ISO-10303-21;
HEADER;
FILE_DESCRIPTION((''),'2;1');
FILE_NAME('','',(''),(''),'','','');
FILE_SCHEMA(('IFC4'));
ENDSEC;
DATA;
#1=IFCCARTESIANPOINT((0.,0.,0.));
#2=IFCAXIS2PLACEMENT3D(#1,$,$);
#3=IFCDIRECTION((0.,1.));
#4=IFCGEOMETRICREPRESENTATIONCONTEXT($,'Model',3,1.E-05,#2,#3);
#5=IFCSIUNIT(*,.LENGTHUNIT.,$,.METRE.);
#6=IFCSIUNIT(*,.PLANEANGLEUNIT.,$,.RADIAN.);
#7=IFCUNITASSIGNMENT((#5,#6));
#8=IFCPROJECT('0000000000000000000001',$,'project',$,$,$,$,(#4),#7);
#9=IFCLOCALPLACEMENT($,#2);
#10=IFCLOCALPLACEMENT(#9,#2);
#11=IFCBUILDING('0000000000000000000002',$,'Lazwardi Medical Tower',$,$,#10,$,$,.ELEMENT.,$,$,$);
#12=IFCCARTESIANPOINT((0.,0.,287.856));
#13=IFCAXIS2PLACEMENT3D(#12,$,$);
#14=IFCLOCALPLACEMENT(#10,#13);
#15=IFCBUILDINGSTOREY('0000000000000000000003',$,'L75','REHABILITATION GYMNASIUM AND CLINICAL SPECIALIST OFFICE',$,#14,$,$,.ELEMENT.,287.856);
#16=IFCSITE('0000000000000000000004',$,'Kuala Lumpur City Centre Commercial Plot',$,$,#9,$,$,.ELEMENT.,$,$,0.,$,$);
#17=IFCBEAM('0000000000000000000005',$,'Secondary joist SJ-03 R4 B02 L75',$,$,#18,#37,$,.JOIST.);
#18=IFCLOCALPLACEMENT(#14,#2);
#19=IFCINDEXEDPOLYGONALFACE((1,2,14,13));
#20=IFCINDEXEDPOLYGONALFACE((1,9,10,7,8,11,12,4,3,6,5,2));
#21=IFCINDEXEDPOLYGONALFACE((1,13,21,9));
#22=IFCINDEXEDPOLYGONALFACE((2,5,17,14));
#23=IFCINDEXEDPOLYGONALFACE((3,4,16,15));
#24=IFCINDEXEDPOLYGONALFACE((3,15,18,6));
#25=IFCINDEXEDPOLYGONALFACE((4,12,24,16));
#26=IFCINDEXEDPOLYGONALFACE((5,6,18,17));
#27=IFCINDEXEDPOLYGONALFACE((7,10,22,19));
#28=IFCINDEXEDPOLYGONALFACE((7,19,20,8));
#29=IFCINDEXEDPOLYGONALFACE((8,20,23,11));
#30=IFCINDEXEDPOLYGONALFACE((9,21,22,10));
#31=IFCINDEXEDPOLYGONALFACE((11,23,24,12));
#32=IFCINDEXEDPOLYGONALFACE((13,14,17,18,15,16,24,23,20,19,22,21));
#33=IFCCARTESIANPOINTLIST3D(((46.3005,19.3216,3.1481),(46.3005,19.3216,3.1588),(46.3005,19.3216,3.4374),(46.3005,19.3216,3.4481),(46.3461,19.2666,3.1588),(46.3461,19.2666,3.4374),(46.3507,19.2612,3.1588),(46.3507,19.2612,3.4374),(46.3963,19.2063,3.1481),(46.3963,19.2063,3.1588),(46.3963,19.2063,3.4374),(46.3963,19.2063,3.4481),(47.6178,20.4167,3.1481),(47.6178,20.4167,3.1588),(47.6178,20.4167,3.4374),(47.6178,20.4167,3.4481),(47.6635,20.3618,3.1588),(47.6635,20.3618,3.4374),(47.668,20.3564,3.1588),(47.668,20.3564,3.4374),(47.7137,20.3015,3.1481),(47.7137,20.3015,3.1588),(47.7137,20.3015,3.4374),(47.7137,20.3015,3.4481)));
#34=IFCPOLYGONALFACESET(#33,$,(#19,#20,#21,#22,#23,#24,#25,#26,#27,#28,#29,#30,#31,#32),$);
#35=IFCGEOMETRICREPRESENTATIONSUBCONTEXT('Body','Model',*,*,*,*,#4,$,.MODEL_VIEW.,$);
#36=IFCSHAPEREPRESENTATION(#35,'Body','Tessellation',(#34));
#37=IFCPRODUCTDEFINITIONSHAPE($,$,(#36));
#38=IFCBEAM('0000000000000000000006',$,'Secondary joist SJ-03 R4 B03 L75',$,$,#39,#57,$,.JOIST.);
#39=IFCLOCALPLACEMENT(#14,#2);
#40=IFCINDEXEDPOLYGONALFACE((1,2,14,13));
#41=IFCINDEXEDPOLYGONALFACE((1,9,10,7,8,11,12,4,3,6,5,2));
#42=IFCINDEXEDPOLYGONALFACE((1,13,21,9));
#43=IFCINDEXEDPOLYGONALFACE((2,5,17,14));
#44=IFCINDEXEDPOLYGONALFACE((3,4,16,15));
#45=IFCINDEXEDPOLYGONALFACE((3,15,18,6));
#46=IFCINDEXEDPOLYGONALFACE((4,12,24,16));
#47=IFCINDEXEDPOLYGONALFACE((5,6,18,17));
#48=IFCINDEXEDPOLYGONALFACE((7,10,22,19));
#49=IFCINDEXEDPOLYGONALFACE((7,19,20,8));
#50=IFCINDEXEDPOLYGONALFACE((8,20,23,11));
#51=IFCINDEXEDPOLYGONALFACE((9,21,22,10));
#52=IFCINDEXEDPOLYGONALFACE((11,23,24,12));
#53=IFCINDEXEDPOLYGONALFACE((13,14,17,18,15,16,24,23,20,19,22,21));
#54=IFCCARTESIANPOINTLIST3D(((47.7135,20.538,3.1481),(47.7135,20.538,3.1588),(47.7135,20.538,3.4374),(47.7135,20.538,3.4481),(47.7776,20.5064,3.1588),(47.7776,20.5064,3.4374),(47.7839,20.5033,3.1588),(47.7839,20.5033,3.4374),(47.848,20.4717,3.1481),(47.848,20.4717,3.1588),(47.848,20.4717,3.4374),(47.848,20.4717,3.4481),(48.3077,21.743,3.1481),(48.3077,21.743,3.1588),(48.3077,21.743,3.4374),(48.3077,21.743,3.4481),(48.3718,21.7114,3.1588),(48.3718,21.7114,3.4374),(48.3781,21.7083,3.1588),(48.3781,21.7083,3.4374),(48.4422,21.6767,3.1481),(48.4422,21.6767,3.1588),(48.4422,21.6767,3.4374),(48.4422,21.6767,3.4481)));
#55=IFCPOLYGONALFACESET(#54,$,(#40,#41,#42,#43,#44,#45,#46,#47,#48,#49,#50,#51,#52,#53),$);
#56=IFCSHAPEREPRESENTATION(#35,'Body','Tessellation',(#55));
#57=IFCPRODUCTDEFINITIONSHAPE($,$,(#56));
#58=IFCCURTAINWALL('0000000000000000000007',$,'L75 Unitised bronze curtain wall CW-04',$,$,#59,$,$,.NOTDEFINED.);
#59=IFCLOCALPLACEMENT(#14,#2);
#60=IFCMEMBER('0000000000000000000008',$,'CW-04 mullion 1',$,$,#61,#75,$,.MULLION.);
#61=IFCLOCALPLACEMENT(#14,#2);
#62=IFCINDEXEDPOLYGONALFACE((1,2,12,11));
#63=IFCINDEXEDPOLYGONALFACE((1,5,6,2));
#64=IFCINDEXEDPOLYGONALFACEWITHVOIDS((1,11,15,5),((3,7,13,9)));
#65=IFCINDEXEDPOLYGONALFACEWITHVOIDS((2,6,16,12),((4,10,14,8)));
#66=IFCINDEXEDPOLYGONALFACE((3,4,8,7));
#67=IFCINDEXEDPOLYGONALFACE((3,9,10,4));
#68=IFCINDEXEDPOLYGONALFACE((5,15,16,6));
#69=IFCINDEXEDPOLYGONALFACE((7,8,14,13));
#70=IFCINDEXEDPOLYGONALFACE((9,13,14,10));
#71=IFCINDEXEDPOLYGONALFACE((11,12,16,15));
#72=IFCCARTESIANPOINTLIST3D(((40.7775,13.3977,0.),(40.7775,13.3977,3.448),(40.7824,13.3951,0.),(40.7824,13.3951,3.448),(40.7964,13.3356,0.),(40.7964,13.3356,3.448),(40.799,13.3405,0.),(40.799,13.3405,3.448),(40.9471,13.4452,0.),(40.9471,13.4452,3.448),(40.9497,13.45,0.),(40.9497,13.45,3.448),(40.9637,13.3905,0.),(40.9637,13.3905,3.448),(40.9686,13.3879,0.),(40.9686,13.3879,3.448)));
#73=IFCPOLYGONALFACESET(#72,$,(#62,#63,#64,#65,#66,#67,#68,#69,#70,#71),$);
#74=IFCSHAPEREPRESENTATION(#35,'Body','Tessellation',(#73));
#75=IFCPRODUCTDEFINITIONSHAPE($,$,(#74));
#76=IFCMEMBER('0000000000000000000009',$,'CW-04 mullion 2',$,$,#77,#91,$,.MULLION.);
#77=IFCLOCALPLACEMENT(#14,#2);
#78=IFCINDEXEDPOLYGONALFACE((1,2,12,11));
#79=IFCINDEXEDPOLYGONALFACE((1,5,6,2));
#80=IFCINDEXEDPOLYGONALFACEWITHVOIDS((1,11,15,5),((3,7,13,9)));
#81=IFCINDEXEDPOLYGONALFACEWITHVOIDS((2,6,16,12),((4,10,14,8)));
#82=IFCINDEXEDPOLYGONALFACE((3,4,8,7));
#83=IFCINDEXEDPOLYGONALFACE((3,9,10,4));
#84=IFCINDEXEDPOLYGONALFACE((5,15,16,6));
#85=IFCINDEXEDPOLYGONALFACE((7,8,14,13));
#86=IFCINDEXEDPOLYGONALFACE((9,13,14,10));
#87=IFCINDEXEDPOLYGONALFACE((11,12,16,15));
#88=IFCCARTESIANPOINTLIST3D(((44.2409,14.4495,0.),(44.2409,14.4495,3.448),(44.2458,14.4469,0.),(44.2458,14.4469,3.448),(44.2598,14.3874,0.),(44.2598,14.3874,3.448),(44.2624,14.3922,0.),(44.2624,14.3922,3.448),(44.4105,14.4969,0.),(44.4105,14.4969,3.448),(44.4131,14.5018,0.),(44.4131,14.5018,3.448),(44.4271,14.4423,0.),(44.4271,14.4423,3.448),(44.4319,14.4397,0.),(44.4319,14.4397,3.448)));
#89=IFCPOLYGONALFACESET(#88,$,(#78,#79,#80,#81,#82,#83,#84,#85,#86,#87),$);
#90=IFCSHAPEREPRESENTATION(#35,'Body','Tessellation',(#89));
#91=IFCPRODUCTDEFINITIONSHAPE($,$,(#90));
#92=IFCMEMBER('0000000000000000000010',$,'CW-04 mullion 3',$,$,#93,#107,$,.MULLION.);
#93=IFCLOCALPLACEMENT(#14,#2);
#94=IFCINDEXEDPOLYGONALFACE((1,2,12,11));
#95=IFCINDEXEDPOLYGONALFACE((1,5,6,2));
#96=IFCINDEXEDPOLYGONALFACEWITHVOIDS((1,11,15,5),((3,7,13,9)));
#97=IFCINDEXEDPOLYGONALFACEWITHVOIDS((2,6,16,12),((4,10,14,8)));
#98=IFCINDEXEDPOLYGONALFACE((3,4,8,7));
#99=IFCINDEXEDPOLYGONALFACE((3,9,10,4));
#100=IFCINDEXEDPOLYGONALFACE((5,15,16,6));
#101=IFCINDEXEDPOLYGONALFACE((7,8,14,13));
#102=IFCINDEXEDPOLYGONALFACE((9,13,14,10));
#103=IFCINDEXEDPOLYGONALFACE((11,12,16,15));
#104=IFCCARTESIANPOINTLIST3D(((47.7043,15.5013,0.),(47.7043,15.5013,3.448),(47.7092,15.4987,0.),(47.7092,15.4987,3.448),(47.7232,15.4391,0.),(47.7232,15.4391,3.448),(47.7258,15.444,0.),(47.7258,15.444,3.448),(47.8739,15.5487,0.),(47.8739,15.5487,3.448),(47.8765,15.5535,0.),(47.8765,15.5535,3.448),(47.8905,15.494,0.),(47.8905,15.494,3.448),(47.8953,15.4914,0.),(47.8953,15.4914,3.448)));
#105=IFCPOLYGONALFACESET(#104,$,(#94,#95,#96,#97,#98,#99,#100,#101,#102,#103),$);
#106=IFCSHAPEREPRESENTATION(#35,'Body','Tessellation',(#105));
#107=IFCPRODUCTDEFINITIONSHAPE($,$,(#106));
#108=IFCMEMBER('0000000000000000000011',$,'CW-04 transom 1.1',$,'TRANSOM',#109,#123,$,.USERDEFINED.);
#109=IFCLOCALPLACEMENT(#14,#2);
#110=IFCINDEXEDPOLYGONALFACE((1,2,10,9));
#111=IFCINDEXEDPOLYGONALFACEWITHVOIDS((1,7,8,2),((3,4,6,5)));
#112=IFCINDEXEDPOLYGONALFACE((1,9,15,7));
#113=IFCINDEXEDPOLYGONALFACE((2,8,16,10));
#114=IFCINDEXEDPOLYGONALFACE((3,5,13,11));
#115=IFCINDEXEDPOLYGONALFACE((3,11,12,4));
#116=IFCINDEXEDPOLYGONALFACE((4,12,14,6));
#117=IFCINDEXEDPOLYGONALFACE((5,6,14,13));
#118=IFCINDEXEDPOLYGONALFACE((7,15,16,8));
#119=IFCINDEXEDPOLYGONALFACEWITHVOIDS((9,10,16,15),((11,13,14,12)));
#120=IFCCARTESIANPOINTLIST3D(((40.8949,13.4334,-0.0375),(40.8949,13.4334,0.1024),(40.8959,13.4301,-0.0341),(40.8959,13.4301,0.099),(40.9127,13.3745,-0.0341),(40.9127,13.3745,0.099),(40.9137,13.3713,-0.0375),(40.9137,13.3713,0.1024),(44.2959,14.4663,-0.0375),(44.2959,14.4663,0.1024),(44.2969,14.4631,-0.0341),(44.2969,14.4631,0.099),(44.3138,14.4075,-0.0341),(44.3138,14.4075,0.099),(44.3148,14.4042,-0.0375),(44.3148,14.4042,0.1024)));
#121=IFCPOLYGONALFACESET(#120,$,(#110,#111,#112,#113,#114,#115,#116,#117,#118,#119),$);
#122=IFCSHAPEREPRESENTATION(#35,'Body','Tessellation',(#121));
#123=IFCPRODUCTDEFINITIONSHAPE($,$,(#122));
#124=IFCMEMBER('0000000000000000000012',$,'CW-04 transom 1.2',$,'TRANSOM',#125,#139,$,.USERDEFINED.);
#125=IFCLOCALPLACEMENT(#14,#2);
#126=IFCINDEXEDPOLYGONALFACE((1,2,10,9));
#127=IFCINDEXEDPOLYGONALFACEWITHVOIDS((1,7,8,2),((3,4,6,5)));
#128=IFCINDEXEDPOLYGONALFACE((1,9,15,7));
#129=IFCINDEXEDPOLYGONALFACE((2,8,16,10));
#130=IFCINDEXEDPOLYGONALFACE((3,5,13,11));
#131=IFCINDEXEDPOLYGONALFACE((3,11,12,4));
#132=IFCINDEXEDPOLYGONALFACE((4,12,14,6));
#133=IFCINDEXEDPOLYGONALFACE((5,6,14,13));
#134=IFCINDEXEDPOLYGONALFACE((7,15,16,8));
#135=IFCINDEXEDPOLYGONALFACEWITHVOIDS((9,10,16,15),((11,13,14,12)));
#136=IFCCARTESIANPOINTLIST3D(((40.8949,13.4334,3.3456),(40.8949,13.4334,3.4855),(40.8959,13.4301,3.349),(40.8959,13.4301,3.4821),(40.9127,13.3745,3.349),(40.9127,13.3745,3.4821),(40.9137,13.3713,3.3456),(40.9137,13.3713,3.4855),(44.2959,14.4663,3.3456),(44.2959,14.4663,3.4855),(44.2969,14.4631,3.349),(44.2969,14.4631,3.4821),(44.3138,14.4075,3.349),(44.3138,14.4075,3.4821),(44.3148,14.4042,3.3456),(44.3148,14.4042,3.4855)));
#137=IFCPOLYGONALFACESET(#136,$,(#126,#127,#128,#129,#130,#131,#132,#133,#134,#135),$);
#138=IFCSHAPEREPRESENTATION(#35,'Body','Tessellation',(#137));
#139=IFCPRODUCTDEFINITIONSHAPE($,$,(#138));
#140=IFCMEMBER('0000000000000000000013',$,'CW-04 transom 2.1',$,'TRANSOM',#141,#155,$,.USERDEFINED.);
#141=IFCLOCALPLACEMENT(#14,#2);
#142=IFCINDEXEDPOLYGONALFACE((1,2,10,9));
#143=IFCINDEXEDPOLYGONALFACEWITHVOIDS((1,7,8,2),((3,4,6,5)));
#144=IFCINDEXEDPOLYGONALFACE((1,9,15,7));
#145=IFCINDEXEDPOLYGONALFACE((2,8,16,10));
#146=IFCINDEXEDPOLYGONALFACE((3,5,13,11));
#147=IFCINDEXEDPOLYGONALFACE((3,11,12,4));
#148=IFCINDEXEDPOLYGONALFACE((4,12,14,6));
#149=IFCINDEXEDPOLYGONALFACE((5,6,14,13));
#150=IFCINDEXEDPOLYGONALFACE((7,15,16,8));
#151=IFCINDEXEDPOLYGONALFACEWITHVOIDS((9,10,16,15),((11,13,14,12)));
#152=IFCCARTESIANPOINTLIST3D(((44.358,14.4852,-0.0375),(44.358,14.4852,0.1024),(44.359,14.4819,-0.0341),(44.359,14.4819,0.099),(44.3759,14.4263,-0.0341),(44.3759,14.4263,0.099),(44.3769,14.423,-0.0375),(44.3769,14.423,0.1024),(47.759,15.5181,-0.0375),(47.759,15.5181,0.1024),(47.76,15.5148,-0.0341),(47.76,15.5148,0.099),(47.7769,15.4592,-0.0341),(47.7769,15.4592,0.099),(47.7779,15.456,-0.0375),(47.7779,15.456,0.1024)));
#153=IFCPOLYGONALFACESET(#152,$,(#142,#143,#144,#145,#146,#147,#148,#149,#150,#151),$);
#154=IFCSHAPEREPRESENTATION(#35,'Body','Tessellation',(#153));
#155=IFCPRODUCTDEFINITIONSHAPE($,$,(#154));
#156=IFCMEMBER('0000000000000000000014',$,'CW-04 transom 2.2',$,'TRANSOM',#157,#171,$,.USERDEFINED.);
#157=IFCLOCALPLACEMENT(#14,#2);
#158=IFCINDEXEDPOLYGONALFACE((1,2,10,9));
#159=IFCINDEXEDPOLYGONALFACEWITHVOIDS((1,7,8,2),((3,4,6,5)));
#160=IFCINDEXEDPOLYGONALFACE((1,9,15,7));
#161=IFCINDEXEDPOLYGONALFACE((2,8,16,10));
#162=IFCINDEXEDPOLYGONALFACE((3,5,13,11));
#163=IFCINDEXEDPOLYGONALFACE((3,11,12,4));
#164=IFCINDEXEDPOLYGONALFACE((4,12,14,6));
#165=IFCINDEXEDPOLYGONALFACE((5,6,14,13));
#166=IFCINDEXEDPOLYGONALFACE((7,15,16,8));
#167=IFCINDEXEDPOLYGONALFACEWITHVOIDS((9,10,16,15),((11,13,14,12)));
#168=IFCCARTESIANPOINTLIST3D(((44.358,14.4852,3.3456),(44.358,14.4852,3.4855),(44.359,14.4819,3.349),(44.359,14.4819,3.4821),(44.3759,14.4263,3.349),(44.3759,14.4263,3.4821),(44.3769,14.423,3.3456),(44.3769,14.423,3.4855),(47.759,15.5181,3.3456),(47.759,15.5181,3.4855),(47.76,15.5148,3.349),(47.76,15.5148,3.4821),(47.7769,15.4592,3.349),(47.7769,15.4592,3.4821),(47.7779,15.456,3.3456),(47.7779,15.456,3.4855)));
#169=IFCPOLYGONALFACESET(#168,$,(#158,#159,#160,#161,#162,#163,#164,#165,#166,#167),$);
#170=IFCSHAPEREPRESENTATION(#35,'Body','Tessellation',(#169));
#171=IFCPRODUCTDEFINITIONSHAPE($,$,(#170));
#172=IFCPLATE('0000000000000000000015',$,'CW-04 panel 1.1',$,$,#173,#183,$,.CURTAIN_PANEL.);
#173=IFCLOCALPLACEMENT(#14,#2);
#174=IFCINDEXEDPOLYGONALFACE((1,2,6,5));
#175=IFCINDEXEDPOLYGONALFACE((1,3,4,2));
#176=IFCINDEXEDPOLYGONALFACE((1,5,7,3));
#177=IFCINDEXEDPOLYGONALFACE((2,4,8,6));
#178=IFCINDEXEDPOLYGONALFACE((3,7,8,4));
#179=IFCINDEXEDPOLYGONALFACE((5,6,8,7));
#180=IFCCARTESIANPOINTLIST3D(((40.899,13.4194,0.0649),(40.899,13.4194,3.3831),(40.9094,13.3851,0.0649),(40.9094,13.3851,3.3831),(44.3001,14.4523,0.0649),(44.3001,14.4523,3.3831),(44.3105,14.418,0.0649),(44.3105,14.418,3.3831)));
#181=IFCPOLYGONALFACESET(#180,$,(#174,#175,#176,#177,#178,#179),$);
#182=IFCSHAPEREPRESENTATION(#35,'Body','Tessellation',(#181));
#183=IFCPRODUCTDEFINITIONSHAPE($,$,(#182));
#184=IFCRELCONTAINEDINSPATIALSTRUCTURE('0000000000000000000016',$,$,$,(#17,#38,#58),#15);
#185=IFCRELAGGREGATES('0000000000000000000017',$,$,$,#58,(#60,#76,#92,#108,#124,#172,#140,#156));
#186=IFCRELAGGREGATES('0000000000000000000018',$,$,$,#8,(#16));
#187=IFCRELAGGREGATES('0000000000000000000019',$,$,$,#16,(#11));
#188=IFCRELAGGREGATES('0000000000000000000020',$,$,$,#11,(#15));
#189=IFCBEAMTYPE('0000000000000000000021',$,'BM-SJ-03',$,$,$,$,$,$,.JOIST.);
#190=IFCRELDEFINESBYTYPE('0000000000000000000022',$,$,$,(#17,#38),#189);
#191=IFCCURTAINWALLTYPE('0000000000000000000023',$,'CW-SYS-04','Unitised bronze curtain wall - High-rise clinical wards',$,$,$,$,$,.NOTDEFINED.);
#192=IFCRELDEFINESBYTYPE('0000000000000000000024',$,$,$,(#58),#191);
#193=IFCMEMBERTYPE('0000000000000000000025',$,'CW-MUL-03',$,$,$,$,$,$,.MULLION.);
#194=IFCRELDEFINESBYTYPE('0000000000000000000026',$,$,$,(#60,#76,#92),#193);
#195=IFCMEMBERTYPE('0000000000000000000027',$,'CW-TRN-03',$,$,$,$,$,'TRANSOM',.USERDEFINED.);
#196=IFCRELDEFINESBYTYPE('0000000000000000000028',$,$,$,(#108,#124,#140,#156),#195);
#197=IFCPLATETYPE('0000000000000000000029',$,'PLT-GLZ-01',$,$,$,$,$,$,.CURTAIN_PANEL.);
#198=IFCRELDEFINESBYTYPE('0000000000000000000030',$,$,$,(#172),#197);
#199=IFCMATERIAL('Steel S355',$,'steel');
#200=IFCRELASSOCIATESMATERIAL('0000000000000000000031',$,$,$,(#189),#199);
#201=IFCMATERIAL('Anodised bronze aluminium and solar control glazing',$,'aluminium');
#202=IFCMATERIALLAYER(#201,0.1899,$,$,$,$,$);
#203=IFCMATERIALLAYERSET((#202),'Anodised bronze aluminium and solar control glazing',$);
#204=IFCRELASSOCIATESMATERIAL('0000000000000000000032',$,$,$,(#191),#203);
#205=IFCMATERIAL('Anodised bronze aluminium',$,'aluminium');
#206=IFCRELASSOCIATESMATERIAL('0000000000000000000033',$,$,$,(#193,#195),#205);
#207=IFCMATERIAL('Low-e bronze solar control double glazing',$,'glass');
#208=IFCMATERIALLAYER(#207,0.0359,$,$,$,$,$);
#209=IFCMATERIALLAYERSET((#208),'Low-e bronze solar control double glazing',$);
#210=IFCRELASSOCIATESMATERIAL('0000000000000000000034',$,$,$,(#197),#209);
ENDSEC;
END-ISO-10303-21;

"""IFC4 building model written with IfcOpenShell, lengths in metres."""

from ifc_helpers import new_model, si_unit, direction, frame, origin, origin_2d, place, context, subcontext, project, spatial, rectangle, hollow_rectangle, i_section, extrude, material, layer, layer_set, material_profile, profile_set, type_object, element, aggregate, save


model = new_model("IFC4")

# Units and contexts
model_context = context("Model", 3, precision=1e-05, world=origin(), true_north=direction((0.0, 1.0)))
body_context = subcontext(model_context, "Body", "Model", "MODEL_VIEW")
ifc_project = project(units=[si_unit("LENGTHUNIT", "METRE"), si_unit("PLANEANGLEUNIT", "RADIAN")], contexts=[model_context])

# Site, building, storey
site_placement = place(None, origin())
site = spatial("IfcSite", under=ifc_project, at=site_placement, Name="Kuala Lumpur City Centre Commercial Plot", CompositionType="ELEMENT", RefElevation=0.0)
building_placement = place(site_placement, origin())
building = spatial("IfcBuilding", under=site, at=building_placement, Name="Lazwardi Medical Tower", CompositionType="ELEMENT")
storey_placement = place(building_placement, frame((0.0, 0.0, 287.856)))
storey = spatial("IfcBuildingStorey", under=building, at=storey_placement, Name="L75", Description="REHABILITATION GYMNASIUM AND CLINICAL SPECIALIST OFFICE", CompositionType="ELEMENT", Elevation=287.856)

# Beams
ifc_material_1 = material(Name="Steel S355", Category="steel")
ifc_material_profile_1 = material_profile(ifc_material_1, i_section(OverallWidth=0.1499, OverallDepth=0.3, WebThickness=0.0071, FlangeThickness=0.0107, at=origin_2d()), Name="IPE 300")
ifc_profile_set_1 = profile_set([ifc_material_profile_1], Name="Steel S355")
beam_type_1 = type_object("IfcBeamType", Name="BM-SJ-03", PredefinedType="JOIST", material=ifc_profile_set_1)
beam_1_placement = place(storey_placement, frame((46.3484, 19.2639, 3.2981), z_axis=(0.768968, 0.639287, 0.0), x_axis=(-0.639287, 0.768968, 0.0)))
element("IfcBeam", 1, at=beam_1_placement, inside=storey, type_object=beam_type_1, Name="Secondary joist SJ-03 R4 B02 L75", PredefinedType="JOIST", context=body_context, shape_type="SweptSolid", body=[
    extrude(i_section(OverallWidth=0.1499, OverallDepth=0.3, WebThickness=0.0071, FlangeThickness=0.0107, at=origin_2d()), origin(), (0.0, 0.0, 1.0), 1.7131),
])
beam_2_placement = place(storey_placement, frame((47.7808, 20.5049, 3.2981), z_axis=(0.442264, 0.896885, 0.0), x_axis=(-0.896885, 0.442264, 0.0)))
element("IfcBeam", 2, at=beam_2_placement, inside=storey, type_object=beam_type_1, Name="Secondary joist SJ-03 R4 B03 L75", PredefinedType="JOIST", context=body_context, shape_type="SweptSolid", body=[
    extrude(i_section(OverallWidth=0.1499, OverallDepth=0.3, WebThickness=0.0071, FlangeThickness=0.0107, at=origin_2d()), origin(), (0.0, 0.0, 1.0), 1.3435),
])

# Curtain wall, members, plate
ifc_material_2 = material(Name="Anodised bronze aluminium and solar control glazing", Category="aluminium")
ifc_layer_1 = layer(ifc_material_2, 0.1899)
ifc_layer_set_1 = layer_set([ifc_layer_1], Name="Anodised bronze aluminium and solar control glazing")
curtain_wall_type = type_object("IfcCurtainWallType", Name="CW-SYS-04", Description="Unitised bronze curtain wall - High-rise clinical wards", PredefinedType="NOTDEFINED", material=ifc_layer_set_1)
curtain_wall_placement = place(storey_placement, origin())
curtain_wall = element("IfcCurtainWall", 3, at=curtain_wall_placement, inside=storey, type_object=curtain_wall_type, Name="L75 Unitised bronze curtain wall CW-04", PredefinedType="NOTDEFINED")
ifc_material_3 = material(Name="Anodised bronze aluminium", Category="aluminium")
ifc_material_profile_2 = material_profile(ifc_material_3, hollow_rectangle(XDim=0.0649, YDim=0.1799, WallThickness=0.0039, at=origin_2d()), Name="ALU-MULLION 180x65x4")
ifc_profile_set_2 = profile_set([ifc_material_profile_2], Name="Anodised bronze aluminium")
member_type_1 = type_object("IfcMemberType", Name="CW-MUL-03", PredefinedType="MULLION", material=ifc_profile_set_2)
member_1_placement = place(storey_placement, frame((40.873, 13.3928, 0.0), z_axis=(0.0, 0.0, 1.0), x_axis=(-0.290582, 0.95685, 0.0)))
member_1 = element("IfcMember", 4, at=member_1_placement, type_object=member_type_1, Name="CW-04 mullion 1", PredefinedType="MULLION", context=body_context, shape_type="SweptSolid", body=[
    extrude(hollow_rectangle(XDim=0.0649, YDim=0.1799, WallThickness=0.0039, at=origin_2d()), origin(), (0.0, 0.0, 1.0), 3.448),
])
member_2_placement = place(storey_placement, frame((44.3364, 14.4446, 0.0), z_axis=(0.0, 0.0, 1.0), x_axis=(-0.290582, 0.95685, 0.0)))
member_2 = element("IfcMember", 5, at=member_2_placement, type_object=member_type_1, Name="CW-04 mullion 2", PredefinedType="MULLION", context=body_context, shape_type="SweptSolid", body=[
    extrude(hollow_rectangle(XDim=0.0649, YDim=0.1799, WallThickness=0.0039, at=origin_2d()), origin(), (0.0, 0.0, 1.0), 3.448),
])
member_3_placement = place(storey_placement, frame((47.7998, 15.4963, 0.0), z_axis=(0.0, 0.0, 1.0), x_axis=(-0.290582, 0.95685, 0.0)))
member_3 = element("IfcMember", 6, at=member_3_placement, type_object=member_type_1, Name="CW-04 mullion 3", PredefinedType="MULLION", context=body_context, shape_type="SweptSolid", body=[
    extrude(hollow_rectangle(XDim=0.0649, YDim=0.1799, WallThickness=0.0039, at=origin_2d()), origin(), (0.0, 0.0, 1.0), 3.448),
])
ifc_material_profile_3 = material_profile(ifc_material_3, hollow_rectangle(XDim=0.0649, YDim=0.1399, WallThickness=0.0034, at=origin_2d()), Name="ALU-TRANSOM 140x65x3.5")
ifc_profile_set_3 = profile_set([ifc_material_profile_3], Name="Anodised bronze aluminium")
member_type_2 = type_object("IfcMemberType", Name="CW-TRN-03", ElementType="TRANSOM", PredefinedType="USERDEFINED", material=ifc_profile_set_3)
member_4_placement = place(storey_placement, frame((40.9043, 13.4023, 0.0325), z_axis=(0.956843, 0.290604, 0.0), x_axis=(-0.290604, 0.956843, 0.0)))
member_4 = element("IfcMember", 7, at=member_4_placement, type_object=member_type_2, Name="CW-04 transom 1.1", ObjectType="TRANSOM", PredefinedType="USERDEFINED", context=body_context, shape_type="SweptSolid", body=[
    extrude(hollow_rectangle(XDim=0.0649, YDim=0.1399, WallThickness=0.0034, at=origin_2d()), origin(), (0.0, 0.0, 1.0), 3.5544),
])
member_5_placement = place(storey_placement, frame((40.9043, 13.4023, 3.4155), z_axis=(0.956843, 0.290604, 0.0), x_axis=(-0.290604, 0.956843, 0.0)))
member_5 = element("IfcMember", 8, at=member_5_placement, type_object=member_type_2, Name="CW-04 transom 1.2", ObjectType="TRANSOM", PredefinedType="USERDEFINED", context=body_context, shape_type="SweptSolid", body=[
    extrude(hollow_rectangle(XDim=0.0649, YDim=0.1399, WallThickness=0.0034, at=origin_2d()), origin(), (0.0, 0.0, 1.0), 3.5544),
])
member_6_placement = place(storey_placement, frame((44.3674, 14.4541, 0.0325), z_axis=(0.956843, 0.290604, 0.0), x_axis=(-0.290604, 0.956843, 0.0)))
member_6 = element("IfcMember", 9, at=member_6_placement, type_object=member_type_2, Name="CW-04 transom 2.1", ObjectType="TRANSOM", PredefinedType="USERDEFINED", context=body_context, shape_type="SweptSolid", body=[
    extrude(hollow_rectangle(XDim=0.0649, YDim=0.1399, WallThickness=0.0034, at=origin_2d()), origin(), (0.0, 0.0, 1.0), 3.5544),
])
member_7_placement = place(storey_placement, frame((44.3674, 14.4541, 3.4155), z_axis=(0.956843, 0.290604, 0.0), x_axis=(-0.290604, 0.956843, 0.0)))
member_7 = element("IfcMember", 10, at=member_7_placement, type_object=member_type_2, Name="CW-04 transom 2.2", ObjectType="TRANSOM", PredefinedType="USERDEFINED", context=body_context, shape_type="SweptSolid", body=[
    extrude(hollow_rectangle(XDim=0.0649, YDim=0.1399, WallThickness=0.0034, at=origin_2d()), origin(), (0.0, 0.0, 1.0), 3.5544),
])
ifc_material_4 = material(Name="Low-e bronze solar control double glazing", Category="glass")
ifc_layer_2 = layer(ifc_material_4, 0.0359)
ifc_layer_set_2 = layer_set([ifc_layer_2], Name="Low-e bronze solar control double glazing")
plate_type = type_object("IfcPlateType", Name="PLT-GLZ-01", PredefinedType="CURTAIN_PANEL", material=ifc_layer_set_2)
plate_1_placement = place(storey_placement, frame((42.6047, 13.9187, 0.0649), z_axis=(0.0, 0.0, 1.0), x_axis=(0.95685, 0.290582, 0.0)))
plate_1 = element("IfcPlate", 11, at=plate_1_placement, type_object=plate_type, Name="CW-04 panel 1.1", PredefinedType="CURTAIN_PANEL", context=body_context, shape_type="SweptSolid", body=[
    extrude(rectangle(XDim=3.5544, YDim=0.0359, at=origin_2d()), origin(), (0.0, 0.0, 1.0), 3.3181),
])
aggregate(curtain_wall, [member_1, member_2, member_3, member_4, member_5, plate_1, member_6, member_7])

save(model, "model.ifc")
